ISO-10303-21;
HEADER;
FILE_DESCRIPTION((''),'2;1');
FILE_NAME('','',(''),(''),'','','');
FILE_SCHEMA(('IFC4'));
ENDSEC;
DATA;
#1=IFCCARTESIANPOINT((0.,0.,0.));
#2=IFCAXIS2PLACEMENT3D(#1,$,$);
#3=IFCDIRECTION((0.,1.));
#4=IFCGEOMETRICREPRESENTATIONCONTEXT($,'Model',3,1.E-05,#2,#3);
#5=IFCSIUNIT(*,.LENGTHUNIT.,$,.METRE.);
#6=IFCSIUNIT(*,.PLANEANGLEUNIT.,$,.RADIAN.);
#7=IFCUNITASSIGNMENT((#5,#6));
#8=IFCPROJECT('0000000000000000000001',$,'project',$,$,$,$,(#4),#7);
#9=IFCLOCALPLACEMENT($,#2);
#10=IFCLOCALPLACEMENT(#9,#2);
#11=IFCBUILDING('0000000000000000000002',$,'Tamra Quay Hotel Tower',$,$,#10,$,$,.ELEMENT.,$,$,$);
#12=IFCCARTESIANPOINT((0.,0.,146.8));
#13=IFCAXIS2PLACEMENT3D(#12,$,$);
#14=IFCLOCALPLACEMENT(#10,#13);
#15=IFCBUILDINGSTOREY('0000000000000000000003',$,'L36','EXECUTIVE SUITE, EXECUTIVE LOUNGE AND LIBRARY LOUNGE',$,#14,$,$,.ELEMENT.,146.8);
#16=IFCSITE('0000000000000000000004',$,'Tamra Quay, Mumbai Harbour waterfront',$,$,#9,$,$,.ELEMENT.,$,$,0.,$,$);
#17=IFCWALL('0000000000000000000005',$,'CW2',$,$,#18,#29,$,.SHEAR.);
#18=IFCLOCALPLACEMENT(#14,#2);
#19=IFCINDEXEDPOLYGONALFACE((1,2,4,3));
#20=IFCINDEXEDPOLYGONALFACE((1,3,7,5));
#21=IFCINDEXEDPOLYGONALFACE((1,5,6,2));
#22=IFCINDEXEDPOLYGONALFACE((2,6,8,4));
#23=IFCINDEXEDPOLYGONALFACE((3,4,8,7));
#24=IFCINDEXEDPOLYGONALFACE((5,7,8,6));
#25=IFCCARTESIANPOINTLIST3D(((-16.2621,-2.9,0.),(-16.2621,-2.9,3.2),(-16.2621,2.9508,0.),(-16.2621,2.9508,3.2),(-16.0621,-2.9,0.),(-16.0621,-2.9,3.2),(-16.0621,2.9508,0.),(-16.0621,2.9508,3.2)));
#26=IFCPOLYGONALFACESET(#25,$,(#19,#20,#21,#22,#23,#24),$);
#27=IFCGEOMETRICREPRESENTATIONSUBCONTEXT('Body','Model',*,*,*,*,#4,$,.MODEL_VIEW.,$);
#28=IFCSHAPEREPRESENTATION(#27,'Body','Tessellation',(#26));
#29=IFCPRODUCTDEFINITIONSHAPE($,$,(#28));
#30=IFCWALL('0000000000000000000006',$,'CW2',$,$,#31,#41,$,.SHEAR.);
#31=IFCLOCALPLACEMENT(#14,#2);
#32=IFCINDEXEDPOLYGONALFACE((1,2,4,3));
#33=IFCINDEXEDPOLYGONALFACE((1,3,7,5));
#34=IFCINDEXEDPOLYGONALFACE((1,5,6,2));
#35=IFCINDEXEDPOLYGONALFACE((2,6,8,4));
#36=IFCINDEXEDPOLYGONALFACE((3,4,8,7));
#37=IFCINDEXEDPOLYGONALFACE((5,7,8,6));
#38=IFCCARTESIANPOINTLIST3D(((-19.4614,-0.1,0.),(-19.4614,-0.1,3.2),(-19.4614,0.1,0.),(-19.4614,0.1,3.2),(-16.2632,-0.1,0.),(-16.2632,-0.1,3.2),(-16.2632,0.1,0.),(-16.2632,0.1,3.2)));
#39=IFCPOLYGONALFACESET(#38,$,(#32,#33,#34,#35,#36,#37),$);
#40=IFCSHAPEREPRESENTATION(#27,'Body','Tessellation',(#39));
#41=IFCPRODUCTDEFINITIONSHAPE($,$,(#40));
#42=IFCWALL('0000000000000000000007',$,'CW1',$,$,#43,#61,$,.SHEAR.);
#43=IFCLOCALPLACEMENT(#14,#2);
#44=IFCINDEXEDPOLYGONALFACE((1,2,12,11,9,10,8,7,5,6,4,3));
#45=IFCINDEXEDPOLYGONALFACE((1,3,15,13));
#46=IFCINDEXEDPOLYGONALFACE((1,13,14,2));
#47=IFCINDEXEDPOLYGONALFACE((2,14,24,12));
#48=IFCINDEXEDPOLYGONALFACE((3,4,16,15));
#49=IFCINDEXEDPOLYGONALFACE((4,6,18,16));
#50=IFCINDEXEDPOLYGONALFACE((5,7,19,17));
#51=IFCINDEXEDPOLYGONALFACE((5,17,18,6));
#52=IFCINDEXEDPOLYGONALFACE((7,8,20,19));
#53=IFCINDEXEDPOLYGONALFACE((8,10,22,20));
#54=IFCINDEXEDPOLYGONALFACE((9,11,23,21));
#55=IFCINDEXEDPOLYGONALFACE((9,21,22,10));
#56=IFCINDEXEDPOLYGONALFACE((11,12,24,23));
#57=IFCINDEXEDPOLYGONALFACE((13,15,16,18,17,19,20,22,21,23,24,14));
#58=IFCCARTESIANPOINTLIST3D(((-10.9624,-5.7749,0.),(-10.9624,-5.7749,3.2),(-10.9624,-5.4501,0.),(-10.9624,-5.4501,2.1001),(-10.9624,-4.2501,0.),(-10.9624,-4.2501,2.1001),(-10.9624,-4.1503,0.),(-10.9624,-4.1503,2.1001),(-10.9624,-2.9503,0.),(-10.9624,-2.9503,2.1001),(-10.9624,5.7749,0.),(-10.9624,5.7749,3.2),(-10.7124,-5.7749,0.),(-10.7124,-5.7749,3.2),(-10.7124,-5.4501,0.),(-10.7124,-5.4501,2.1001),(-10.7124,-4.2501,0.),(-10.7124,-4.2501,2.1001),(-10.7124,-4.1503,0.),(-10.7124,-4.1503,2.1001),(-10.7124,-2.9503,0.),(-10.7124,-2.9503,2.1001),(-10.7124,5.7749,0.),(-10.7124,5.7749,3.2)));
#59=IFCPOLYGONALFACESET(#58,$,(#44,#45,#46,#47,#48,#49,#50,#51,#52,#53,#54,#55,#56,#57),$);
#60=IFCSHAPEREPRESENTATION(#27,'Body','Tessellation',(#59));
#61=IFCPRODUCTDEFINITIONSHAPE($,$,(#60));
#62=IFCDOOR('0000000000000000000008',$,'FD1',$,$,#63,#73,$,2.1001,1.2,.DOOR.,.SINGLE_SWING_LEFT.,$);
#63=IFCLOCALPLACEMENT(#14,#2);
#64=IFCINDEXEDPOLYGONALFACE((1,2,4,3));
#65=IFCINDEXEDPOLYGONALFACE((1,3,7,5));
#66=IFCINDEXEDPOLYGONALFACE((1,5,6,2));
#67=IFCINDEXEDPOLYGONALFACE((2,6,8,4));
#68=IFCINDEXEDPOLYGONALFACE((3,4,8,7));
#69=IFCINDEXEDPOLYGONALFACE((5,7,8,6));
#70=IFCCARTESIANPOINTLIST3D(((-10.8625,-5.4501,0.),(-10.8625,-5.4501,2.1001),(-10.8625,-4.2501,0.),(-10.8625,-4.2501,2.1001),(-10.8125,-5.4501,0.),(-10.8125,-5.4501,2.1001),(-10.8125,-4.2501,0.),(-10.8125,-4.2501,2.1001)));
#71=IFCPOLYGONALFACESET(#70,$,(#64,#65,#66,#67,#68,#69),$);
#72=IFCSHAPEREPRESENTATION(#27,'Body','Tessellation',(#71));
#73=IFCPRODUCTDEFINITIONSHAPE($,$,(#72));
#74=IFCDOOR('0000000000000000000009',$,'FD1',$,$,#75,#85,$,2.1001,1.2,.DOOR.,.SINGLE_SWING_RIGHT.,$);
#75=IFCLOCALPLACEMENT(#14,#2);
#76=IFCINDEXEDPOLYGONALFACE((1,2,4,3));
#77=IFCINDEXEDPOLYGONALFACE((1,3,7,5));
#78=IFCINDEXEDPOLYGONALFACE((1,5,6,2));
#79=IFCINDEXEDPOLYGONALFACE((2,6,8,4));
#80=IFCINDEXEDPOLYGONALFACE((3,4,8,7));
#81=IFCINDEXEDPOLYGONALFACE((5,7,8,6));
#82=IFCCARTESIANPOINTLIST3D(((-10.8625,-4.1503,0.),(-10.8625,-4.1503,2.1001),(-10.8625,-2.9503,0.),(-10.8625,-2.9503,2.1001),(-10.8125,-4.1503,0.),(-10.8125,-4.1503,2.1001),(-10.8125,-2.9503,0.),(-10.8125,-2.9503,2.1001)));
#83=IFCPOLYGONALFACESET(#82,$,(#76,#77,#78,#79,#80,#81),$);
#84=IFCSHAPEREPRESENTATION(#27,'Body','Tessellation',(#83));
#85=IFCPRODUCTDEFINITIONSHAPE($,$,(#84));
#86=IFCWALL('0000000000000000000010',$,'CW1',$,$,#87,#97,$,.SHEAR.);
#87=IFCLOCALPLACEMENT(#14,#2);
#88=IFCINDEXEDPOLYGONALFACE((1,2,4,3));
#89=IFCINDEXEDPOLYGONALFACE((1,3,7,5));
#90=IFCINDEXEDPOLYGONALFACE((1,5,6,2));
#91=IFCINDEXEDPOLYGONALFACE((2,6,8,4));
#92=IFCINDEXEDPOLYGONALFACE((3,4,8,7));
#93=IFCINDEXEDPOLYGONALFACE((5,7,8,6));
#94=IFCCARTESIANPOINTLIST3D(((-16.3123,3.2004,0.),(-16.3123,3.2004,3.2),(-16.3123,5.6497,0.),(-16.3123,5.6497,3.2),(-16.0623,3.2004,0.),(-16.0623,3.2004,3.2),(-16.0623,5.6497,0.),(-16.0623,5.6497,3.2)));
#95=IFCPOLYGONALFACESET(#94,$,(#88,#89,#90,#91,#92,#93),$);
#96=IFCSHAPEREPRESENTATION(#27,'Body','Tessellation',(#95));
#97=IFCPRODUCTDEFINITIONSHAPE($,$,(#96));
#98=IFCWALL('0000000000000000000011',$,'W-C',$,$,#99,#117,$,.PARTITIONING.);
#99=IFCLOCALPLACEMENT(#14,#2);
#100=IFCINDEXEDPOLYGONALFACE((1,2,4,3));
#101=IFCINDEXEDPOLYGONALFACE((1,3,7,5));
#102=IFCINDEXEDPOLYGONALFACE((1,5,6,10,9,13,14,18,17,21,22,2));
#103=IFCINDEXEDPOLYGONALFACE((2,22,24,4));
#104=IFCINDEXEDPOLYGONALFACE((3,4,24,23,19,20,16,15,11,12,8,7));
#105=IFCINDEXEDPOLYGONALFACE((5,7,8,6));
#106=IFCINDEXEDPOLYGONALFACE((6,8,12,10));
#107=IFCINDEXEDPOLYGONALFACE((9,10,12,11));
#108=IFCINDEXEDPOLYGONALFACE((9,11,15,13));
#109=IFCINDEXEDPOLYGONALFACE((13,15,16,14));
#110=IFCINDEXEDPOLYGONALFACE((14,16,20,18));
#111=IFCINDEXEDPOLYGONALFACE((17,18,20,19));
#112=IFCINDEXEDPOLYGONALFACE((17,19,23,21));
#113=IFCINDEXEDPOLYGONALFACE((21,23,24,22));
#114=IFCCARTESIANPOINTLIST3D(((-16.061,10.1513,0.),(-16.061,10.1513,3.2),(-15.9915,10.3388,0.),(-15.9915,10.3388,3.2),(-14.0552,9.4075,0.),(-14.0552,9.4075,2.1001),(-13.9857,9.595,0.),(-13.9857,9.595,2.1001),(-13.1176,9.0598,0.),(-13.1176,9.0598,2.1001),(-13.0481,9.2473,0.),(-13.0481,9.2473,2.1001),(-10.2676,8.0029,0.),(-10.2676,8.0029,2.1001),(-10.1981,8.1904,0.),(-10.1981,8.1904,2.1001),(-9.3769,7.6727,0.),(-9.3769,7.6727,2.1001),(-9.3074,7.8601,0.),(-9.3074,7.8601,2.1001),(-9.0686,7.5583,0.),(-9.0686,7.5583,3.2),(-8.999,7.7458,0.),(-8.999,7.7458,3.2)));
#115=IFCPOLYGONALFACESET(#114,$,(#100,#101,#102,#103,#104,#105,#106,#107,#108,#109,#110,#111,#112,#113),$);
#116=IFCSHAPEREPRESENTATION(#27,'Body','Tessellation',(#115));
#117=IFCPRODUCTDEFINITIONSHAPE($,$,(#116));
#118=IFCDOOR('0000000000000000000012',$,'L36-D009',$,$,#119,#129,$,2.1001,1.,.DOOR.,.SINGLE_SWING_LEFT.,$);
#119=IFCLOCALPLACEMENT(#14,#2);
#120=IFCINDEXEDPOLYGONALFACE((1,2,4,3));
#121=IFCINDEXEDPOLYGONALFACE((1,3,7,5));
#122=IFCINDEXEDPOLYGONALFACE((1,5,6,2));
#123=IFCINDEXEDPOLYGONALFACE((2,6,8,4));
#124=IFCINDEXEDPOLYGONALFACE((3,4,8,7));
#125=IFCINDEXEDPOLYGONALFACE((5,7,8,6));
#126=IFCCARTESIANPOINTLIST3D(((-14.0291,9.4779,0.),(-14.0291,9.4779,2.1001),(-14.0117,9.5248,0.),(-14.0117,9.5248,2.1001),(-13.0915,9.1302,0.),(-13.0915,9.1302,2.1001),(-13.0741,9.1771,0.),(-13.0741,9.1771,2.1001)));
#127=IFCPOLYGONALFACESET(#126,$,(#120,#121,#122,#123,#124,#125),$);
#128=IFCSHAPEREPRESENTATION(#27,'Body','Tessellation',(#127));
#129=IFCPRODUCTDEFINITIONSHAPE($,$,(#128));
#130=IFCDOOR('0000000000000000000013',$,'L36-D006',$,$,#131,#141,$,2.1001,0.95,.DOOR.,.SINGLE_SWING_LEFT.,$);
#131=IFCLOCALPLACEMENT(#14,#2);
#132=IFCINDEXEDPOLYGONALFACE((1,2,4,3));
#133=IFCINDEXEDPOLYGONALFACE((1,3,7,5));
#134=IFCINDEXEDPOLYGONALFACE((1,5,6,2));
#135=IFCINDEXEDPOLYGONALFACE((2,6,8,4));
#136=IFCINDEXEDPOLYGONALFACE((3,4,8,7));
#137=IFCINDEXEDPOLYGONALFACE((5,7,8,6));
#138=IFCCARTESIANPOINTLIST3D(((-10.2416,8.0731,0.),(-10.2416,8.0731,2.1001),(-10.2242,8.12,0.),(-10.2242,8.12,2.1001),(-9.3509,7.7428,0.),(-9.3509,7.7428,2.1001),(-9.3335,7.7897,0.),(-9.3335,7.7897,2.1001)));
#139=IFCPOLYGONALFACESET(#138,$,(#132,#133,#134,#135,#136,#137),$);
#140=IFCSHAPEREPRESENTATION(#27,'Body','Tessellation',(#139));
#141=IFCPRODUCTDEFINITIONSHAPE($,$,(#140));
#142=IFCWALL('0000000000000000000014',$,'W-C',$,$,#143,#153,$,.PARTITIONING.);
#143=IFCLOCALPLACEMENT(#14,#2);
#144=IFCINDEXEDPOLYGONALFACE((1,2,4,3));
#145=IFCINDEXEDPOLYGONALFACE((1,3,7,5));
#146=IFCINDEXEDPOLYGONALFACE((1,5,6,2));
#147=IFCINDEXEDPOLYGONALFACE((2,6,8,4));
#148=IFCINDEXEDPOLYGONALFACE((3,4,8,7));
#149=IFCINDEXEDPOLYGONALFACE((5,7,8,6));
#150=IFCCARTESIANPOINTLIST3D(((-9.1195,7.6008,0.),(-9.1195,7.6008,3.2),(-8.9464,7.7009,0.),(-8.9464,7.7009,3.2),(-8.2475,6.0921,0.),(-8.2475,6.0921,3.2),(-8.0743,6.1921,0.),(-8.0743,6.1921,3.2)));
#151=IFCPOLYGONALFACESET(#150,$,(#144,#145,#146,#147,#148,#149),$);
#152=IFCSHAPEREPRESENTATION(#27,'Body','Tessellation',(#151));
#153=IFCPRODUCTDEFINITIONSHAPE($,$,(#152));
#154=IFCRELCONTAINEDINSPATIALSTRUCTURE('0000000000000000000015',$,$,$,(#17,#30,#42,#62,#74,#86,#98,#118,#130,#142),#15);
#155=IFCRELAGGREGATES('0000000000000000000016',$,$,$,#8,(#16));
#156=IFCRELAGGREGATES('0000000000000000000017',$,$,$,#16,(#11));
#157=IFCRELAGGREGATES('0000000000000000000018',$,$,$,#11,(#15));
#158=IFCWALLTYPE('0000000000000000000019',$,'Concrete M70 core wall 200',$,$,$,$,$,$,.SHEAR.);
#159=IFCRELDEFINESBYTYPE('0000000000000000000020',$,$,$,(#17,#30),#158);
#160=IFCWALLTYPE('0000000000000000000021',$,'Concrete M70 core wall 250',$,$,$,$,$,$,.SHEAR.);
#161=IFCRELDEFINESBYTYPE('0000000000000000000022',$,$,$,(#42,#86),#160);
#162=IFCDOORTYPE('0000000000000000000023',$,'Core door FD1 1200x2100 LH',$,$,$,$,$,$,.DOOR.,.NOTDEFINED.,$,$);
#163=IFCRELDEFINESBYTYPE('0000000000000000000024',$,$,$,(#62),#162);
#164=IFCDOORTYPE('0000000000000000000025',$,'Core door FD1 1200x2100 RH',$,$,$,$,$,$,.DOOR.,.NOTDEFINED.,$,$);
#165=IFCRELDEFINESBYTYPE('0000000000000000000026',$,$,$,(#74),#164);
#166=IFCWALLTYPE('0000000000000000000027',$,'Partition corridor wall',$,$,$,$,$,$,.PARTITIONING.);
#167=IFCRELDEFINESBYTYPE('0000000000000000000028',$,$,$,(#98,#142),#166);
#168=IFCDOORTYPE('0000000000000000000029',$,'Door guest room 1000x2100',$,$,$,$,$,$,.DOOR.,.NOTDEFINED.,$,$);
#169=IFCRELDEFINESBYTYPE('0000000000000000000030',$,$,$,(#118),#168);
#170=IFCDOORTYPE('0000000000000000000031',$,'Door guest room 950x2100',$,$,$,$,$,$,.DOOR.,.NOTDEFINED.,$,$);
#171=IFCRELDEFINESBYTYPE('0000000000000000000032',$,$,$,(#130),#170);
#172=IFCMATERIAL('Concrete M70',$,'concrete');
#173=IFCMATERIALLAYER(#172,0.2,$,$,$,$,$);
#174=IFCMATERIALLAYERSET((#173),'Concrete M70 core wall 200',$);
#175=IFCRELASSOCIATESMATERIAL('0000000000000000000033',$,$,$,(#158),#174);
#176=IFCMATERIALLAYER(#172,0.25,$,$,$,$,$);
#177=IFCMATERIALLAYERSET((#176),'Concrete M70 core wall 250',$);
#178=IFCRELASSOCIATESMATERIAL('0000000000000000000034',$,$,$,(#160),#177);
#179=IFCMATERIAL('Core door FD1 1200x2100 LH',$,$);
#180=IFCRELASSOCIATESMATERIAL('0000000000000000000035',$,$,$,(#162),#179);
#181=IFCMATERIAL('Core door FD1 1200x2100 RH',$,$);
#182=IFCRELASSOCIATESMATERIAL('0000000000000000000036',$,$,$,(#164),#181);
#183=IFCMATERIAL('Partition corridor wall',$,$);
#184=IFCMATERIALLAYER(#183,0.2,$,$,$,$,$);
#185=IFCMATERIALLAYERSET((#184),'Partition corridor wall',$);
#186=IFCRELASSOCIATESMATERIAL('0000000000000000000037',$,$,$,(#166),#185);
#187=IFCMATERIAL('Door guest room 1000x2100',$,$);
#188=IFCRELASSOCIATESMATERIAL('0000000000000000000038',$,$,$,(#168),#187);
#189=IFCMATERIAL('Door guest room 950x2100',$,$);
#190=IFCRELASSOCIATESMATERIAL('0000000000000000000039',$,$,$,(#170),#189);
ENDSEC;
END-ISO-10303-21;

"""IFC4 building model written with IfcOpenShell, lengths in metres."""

from ifc_helpers import new_model, si_unit, direction, frame, frame_2d, origin, place, context, subcontext, project, spatial, rectangle, extrude, material, layer, layer_set, type_object, element, fill, save


model = new_model("IFC4")

# Units and contexts
model_context = context("Model", 3, precision=1e-05, world=origin(), true_north=direction((0.0, 1.0)))
body_context = subcontext(model_context, "Body", "Model", "MODEL_VIEW")
ifc_project = project(units=[si_unit("LENGTHUNIT", "METRE"), si_unit("PLANEANGLEUNIT", "RADIAN")], contexts=[model_context])

# Site, building, storey
site_placement = place(None, origin())
site = spatial("IfcSite", under=ifc_project, at=site_placement, Name="Tamra Quay, Mumbai Harbour waterfront", CompositionType="ELEMENT", RefElevation=0.0)
building_placement = place(site_placement, origin())
building = spatial("IfcBuilding", under=site, at=building_placement, Name="Tamra Quay Hotel Tower", CompositionType="ELEMENT")
storey_placement = place(building_placement, frame((0.0, 0.0, 146.8)))
storey = spatial("IfcBuildingStorey", under=building, at=storey_placement, Name="L36", Description="EXECUTIVE SUITE, EXECUTIVE LOUNGE AND LIBRARY LOUNGE", CompositionType="ELEMENT", Elevation=146.8)

# Walls
ifc_material_1 = material(Name="Concrete M70", Category="concrete")
ifc_layer_1 = layer(ifc_material_1, 0.2)
ifc_layer_set_1 = layer_set([ifc_layer_1], Name="Concrete M70 core wall 200")
wall_type_1 = type_object("IfcWallType", Name="Concrete M70 core wall 200", PredefinedType="SHEAR", material=ifc_layer_set_1)
wall_1_placement = place(storey_placement, frame((-16.1621, 2.9507, 0.0), z_axis=(0.0, 0.0, 1.0), x_axis=(0.0, -1.0, 0.0)))
element("IfcWall", 1, at=wall_1_placement, inside=storey, type_object=wall_type_1, Name="CW2", PredefinedType="SHEAR", context=body_context, shape_type="SweptSolid", body=[
    extrude(rectangle(XDim=5.8508, YDim=0.2, at=frame_2d((2.9253, 0.0))), origin(), (0.0, 0.0, 1.0), 3.2),
])
wall_2_placement = place(storey_placement, frame((-16.2632, 0.0, 0.0), z_axis=(0.0, 0.0, 1.0), x_axis=(-1.0, 0.0, 0.0)))
element("IfcWall", 2, at=wall_2_placement, inside=storey, type_object=wall_type_1, Name="CW2", PredefinedType="SHEAR", context=body_context, shape_type="SweptSolid", body=[
    extrude(rectangle(XDim=3.1982, YDim=0.2, at=frame_2d((1.5991, 0.0))), origin(), (0.0, 0.0, 1.0), 3.2),
])

# Wall, openings, doors
ifc_layer_2 = layer(ifc_material_1, 0.25)
ifc_layer_set_2 = layer_set([ifc_layer_2], Name="Concrete M70 core wall 250")
wall_type_2 = type_object("IfcWallType", Name="Concrete M70 core wall 250", PredefinedType="SHEAR", material=ifc_layer_set_2)
wall_3_placement = place(storey_placement, frame((-10.8374, 5.7749, 0.0), z_axis=(0.0, 0.0, 1.0), x_axis=(0.0, -1.0, 0.0)))
wall_3 = element("IfcWall", 3, at=wall_3_placement, inside=storey, type_object=wall_type_2, Name="CW1", PredefinedType="SHEAR", context=body_context, shape_type="SweptSolid", body=[
    extrude(rectangle(XDim=11.5498, YDim=0.25, at=frame_2d((5.7749, 0.0))), origin(), (0.0, 0.0, 1.0), 3.2),
])
opening_1_placement = place(wall_3_placement, frame((10.0249, 0.0, 0.0)))
opening_1 = element("IfcOpeningElement", 4, at=opening_1_placement, cuts=wall_3, PredefinedType="OPENING", context=body_context, shape_type="SweptSolid", body=[
    extrude(rectangle(XDim=1.2, YDim=2.1001, at=frame_2d((0.6001, 1.05))), frame((0.0, 0.135, 0.0), z_axis=(0.0, -1.0, 0.0), x_axis=(1.0, 0.0, 0.0)), (0.0, 0.0, 1.0), 0.27),
])
opening_2_placement = place(wall_3_placement, frame((8.7251, 0.0, 0.0)))
opening_2 = element("IfcOpeningElement", 5, at=opening_2_placement, cuts=wall_3, PredefinedType="OPENING", context=body_context, shape_type="SweptSolid", body=[
    extrude(rectangle(XDim=1.2, YDim=2.1001, at=frame_2d((0.6001, 1.05))), frame((0.0, 0.135, 0.0), z_axis=(0.0, -1.0, 0.0), x_axis=(1.0, 0.0, 0.0)), (0.0, 0.0, 1.0), 0.27),
])
ifc_material_2 = material(Name="Core door FD1 1200x2100 LH")
door_type_1 = type_object("IfcDoorType", Name="Core door FD1 1200x2100 LH", OperationType="NOTDEFINED", PredefinedType="DOOR", material=ifc_material_2)
door_1_placement = place(opening_1_placement, origin())
door_1 = element("IfcDoor", 6, at=door_1_placement, inside=storey, type_object=door_type_1, Name="FD1", OperationType="SINGLE_SWING_LEFT", OverallHeight=2.1001, OverallWidth=1.2, PredefinedType="DOOR", context=body_context, shape_type="SweptSolid", body=[
    extrude(rectangle(XDim=1.2, YDim=2.1001, at=frame_2d((0.6001, 1.05))), frame((0.0, 0.0249, 0.0), z_axis=(0.0, -1.0, 0.0), x_axis=(1.0, 0.0, 0.0)), (0.0, 0.0, 1.0), 0.05),
])
fill(opening_1, door_1)
ifc_material_3 = material(Name="Core door FD1 1200x2100 RH")
door_type_2 = type_object("IfcDoorType", Name="Core door FD1 1200x2100 RH", OperationType="NOTDEFINED", PredefinedType="DOOR", material=ifc_material_3)
door_2_placement = place(opening_2_placement, origin())
door_2 = element("IfcDoor", 7, at=door_2_placement, inside=storey, type_object=door_type_2, Name="FD1", OperationType="SINGLE_SWING_RIGHT", OverallHeight=2.1001, OverallWidth=1.2, PredefinedType="DOOR", context=body_context, shape_type="SweptSolid", body=[
    extrude(rectangle(XDim=1.2, YDim=2.1001, at=frame_2d((0.6001, 1.05))), frame((0.0, 0.0249, 0.0), z_axis=(0.0, -1.0, 0.0), x_axis=(1.0, 0.0, 0.0)), (0.0, 0.0, 1.0), 0.05),
])
fill(opening_2, door_2)

# Wall
wall_4_placement = place(storey_placement, frame((-16.1873, 3.2004, 0.0), z_axis=(0.0, 0.0, 1.0), x_axis=(0.0, 1.0, 0.0)))
element("IfcWall", 8, at=wall_4_placement, inside=storey, type_object=wall_type_2, Name="CW1", PredefinedType="SHEAR", context=body_context, shape_type="SweptSolid", body=[
    extrude(rectangle(XDim=2.4492, YDim=0.25, at=frame_2d((1.2246, 0.0))), origin(), (0.0, 0.0, 1.0), 3.2),
])

# Wall, openings, doors
ifc_material_4 = material(Name="Partition corridor wall")
ifc_layer_3 = layer(ifc_material_4, 0.2)
ifc_layer_set_3 = layer_set([ifc_layer_3], Name="Partition corridor wall")
wall_type_3 = type_object("IfcWallType", Name="Partition corridor wall", PredefinedType="PARTITIONING", material=ifc_layer_set_3)
wall_5_placement = place(storey_placement, frame((-16.0264, 10.2451, 0.0), z_axis=(0.0, 0.0, 1.0), x_axis=(0.937608, -0.347695, 0.0)))
wall_5 = element("IfcWall", 9, at=wall_5_placement, inside=storey, type_object=wall_type_3, Name="W-C", PredefinedType="PARTITIONING", context=body_context, shape_type="SweptSolid", body=[
    extrude(rectangle(XDim=7.4578, YDim=0.2, at=frame_2d((3.729, 0.0))), origin(), (0.0, 0.0, 1.0), 3.2),
])
opening_3_placement = place(wall_5_placement, frame((6.179, 0.0, 0.0)))
opening_3 = element("IfcOpeningElement", 10, at=opening_3_placement, cuts=wall_5, PredefinedType="OPENING", context=body_context, shape_type="SweptSolid", body=[
    extrude(rectangle(XDim=0.95, YDim=2.1001, at=frame_2d((0.4751, 1.05))), frame((0.0, 0.1099, 0.0), z_axis=(0.0, -1.0, 0.0), x_axis=(1.0, 0.0, 0.0)), (0.0, 0.0, 1.0), 0.22),
])
opening_4_placement = place(wall_5_placement, frame((2.1394, 0.0, 0.0)))
opening_4 = element("IfcOpeningElement", 11, at=opening_4_placement, cuts=wall_5, PredefinedType="OPENING", context=body_context, shape_type="SweptSolid", body=[
    extrude(rectangle(XDim=1.0, YDim=2.1001, at=frame_2d((0.5, 1.05))), frame((0.0, 0.1099, 0.0), z_axis=(0.0, -1.0, 0.0), x_axis=(1.0, 0.0, 0.0)), (0.0, 0.0, 1.0), 0.22),
])
ifc_material_5 = material(Name="Door guest room 1000x2100")
door_type_3 = type_object("IfcDoorType", Name="Door guest room 1000x2100", OperationType="NOTDEFINED", PredefinedType="DOOR", material=ifc_material_5)
door_3_placement = place(opening_4_placement, frame((1.0, 0.0, 0.0), z_axis=(0.0, 0.0, 1.0), x_axis=(-1.0, 0.0, 0.0)))
door_3 = element("IfcDoor", 12, at=door_3_placement, inside=storey, type_object=door_type_3, Name="L36-D009", OperationType="SINGLE_SWING_LEFT", OverallHeight=2.1001, OverallWidth=1.0, PredefinedType="DOOR", context=body_context, shape_type="SweptSolid", body=[
    extrude(rectangle(XDim=1.0, YDim=2.1001, at=frame_2d((0.5, 1.05))), frame((0.0, 0.0249, 0.0), z_axis=(0.0, -1.0, 0.0), x_axis=(1.0, 0.0, 0.0)), (0.0, 0.0, 1.0), 0.05),
])
fill(opening_4, door_3)
ifc_material_6 = material(Name="Door guest room 950x2100")
door_type_4 = type_object("IfcDoorType", Name="Door guest room 950x2100", OperationType="NOTDEFINED", PredefinedType="DOOR", material=ifc_material_6)
door_4_placement = place(opening_3_placement, origin())
door_4 = element("IfcDoor", 13, at=door_4_placement, inside=storey, type_object=door_type_4, Name="L36-D006", OperationType="SINGLE_SWING_LEFT", OverallHeight=2.1001, OverallWidth=0.95, PredefinedType="DOOR", context=body_context, shape_type="SweptSolid", body=[
    extrude(rectangle(XDim=0.95, YDim=2.1001, at=frame_2d((0.4751, 1.05))), frame((0.0, 0.0249, 0.0), z_axis=(0.0, -1.0, 0.0), x_axis=(1.0, 0.0, 0.0)), (0.0, 0.0, 1.0), 0.05),
])
fill(opening_3, door_4)

# Wall
wall_6_placement = place(storey_placement, frame((-9.033, 7.6509, 0.0), z_axis=(0.0, 0.0, 1.0), x_axis=(0.500418, -0.865784, 0.0)))
element("IfcWall", 14, at=wall_6_placement, inside=storey, type_object=wall_type_3, Name="W-C", PredefinedType="PARTITIONING", context=body_context, shape_type="SweptSolid", body=[
    extrude(rectangle(XDim=1.7427, YDim=0.2, at=frame_2d((0.8713, 0.0))), origin(), (0.0, 0.0, 1.0), 3.2),
])

save(model, "model.ifc")
